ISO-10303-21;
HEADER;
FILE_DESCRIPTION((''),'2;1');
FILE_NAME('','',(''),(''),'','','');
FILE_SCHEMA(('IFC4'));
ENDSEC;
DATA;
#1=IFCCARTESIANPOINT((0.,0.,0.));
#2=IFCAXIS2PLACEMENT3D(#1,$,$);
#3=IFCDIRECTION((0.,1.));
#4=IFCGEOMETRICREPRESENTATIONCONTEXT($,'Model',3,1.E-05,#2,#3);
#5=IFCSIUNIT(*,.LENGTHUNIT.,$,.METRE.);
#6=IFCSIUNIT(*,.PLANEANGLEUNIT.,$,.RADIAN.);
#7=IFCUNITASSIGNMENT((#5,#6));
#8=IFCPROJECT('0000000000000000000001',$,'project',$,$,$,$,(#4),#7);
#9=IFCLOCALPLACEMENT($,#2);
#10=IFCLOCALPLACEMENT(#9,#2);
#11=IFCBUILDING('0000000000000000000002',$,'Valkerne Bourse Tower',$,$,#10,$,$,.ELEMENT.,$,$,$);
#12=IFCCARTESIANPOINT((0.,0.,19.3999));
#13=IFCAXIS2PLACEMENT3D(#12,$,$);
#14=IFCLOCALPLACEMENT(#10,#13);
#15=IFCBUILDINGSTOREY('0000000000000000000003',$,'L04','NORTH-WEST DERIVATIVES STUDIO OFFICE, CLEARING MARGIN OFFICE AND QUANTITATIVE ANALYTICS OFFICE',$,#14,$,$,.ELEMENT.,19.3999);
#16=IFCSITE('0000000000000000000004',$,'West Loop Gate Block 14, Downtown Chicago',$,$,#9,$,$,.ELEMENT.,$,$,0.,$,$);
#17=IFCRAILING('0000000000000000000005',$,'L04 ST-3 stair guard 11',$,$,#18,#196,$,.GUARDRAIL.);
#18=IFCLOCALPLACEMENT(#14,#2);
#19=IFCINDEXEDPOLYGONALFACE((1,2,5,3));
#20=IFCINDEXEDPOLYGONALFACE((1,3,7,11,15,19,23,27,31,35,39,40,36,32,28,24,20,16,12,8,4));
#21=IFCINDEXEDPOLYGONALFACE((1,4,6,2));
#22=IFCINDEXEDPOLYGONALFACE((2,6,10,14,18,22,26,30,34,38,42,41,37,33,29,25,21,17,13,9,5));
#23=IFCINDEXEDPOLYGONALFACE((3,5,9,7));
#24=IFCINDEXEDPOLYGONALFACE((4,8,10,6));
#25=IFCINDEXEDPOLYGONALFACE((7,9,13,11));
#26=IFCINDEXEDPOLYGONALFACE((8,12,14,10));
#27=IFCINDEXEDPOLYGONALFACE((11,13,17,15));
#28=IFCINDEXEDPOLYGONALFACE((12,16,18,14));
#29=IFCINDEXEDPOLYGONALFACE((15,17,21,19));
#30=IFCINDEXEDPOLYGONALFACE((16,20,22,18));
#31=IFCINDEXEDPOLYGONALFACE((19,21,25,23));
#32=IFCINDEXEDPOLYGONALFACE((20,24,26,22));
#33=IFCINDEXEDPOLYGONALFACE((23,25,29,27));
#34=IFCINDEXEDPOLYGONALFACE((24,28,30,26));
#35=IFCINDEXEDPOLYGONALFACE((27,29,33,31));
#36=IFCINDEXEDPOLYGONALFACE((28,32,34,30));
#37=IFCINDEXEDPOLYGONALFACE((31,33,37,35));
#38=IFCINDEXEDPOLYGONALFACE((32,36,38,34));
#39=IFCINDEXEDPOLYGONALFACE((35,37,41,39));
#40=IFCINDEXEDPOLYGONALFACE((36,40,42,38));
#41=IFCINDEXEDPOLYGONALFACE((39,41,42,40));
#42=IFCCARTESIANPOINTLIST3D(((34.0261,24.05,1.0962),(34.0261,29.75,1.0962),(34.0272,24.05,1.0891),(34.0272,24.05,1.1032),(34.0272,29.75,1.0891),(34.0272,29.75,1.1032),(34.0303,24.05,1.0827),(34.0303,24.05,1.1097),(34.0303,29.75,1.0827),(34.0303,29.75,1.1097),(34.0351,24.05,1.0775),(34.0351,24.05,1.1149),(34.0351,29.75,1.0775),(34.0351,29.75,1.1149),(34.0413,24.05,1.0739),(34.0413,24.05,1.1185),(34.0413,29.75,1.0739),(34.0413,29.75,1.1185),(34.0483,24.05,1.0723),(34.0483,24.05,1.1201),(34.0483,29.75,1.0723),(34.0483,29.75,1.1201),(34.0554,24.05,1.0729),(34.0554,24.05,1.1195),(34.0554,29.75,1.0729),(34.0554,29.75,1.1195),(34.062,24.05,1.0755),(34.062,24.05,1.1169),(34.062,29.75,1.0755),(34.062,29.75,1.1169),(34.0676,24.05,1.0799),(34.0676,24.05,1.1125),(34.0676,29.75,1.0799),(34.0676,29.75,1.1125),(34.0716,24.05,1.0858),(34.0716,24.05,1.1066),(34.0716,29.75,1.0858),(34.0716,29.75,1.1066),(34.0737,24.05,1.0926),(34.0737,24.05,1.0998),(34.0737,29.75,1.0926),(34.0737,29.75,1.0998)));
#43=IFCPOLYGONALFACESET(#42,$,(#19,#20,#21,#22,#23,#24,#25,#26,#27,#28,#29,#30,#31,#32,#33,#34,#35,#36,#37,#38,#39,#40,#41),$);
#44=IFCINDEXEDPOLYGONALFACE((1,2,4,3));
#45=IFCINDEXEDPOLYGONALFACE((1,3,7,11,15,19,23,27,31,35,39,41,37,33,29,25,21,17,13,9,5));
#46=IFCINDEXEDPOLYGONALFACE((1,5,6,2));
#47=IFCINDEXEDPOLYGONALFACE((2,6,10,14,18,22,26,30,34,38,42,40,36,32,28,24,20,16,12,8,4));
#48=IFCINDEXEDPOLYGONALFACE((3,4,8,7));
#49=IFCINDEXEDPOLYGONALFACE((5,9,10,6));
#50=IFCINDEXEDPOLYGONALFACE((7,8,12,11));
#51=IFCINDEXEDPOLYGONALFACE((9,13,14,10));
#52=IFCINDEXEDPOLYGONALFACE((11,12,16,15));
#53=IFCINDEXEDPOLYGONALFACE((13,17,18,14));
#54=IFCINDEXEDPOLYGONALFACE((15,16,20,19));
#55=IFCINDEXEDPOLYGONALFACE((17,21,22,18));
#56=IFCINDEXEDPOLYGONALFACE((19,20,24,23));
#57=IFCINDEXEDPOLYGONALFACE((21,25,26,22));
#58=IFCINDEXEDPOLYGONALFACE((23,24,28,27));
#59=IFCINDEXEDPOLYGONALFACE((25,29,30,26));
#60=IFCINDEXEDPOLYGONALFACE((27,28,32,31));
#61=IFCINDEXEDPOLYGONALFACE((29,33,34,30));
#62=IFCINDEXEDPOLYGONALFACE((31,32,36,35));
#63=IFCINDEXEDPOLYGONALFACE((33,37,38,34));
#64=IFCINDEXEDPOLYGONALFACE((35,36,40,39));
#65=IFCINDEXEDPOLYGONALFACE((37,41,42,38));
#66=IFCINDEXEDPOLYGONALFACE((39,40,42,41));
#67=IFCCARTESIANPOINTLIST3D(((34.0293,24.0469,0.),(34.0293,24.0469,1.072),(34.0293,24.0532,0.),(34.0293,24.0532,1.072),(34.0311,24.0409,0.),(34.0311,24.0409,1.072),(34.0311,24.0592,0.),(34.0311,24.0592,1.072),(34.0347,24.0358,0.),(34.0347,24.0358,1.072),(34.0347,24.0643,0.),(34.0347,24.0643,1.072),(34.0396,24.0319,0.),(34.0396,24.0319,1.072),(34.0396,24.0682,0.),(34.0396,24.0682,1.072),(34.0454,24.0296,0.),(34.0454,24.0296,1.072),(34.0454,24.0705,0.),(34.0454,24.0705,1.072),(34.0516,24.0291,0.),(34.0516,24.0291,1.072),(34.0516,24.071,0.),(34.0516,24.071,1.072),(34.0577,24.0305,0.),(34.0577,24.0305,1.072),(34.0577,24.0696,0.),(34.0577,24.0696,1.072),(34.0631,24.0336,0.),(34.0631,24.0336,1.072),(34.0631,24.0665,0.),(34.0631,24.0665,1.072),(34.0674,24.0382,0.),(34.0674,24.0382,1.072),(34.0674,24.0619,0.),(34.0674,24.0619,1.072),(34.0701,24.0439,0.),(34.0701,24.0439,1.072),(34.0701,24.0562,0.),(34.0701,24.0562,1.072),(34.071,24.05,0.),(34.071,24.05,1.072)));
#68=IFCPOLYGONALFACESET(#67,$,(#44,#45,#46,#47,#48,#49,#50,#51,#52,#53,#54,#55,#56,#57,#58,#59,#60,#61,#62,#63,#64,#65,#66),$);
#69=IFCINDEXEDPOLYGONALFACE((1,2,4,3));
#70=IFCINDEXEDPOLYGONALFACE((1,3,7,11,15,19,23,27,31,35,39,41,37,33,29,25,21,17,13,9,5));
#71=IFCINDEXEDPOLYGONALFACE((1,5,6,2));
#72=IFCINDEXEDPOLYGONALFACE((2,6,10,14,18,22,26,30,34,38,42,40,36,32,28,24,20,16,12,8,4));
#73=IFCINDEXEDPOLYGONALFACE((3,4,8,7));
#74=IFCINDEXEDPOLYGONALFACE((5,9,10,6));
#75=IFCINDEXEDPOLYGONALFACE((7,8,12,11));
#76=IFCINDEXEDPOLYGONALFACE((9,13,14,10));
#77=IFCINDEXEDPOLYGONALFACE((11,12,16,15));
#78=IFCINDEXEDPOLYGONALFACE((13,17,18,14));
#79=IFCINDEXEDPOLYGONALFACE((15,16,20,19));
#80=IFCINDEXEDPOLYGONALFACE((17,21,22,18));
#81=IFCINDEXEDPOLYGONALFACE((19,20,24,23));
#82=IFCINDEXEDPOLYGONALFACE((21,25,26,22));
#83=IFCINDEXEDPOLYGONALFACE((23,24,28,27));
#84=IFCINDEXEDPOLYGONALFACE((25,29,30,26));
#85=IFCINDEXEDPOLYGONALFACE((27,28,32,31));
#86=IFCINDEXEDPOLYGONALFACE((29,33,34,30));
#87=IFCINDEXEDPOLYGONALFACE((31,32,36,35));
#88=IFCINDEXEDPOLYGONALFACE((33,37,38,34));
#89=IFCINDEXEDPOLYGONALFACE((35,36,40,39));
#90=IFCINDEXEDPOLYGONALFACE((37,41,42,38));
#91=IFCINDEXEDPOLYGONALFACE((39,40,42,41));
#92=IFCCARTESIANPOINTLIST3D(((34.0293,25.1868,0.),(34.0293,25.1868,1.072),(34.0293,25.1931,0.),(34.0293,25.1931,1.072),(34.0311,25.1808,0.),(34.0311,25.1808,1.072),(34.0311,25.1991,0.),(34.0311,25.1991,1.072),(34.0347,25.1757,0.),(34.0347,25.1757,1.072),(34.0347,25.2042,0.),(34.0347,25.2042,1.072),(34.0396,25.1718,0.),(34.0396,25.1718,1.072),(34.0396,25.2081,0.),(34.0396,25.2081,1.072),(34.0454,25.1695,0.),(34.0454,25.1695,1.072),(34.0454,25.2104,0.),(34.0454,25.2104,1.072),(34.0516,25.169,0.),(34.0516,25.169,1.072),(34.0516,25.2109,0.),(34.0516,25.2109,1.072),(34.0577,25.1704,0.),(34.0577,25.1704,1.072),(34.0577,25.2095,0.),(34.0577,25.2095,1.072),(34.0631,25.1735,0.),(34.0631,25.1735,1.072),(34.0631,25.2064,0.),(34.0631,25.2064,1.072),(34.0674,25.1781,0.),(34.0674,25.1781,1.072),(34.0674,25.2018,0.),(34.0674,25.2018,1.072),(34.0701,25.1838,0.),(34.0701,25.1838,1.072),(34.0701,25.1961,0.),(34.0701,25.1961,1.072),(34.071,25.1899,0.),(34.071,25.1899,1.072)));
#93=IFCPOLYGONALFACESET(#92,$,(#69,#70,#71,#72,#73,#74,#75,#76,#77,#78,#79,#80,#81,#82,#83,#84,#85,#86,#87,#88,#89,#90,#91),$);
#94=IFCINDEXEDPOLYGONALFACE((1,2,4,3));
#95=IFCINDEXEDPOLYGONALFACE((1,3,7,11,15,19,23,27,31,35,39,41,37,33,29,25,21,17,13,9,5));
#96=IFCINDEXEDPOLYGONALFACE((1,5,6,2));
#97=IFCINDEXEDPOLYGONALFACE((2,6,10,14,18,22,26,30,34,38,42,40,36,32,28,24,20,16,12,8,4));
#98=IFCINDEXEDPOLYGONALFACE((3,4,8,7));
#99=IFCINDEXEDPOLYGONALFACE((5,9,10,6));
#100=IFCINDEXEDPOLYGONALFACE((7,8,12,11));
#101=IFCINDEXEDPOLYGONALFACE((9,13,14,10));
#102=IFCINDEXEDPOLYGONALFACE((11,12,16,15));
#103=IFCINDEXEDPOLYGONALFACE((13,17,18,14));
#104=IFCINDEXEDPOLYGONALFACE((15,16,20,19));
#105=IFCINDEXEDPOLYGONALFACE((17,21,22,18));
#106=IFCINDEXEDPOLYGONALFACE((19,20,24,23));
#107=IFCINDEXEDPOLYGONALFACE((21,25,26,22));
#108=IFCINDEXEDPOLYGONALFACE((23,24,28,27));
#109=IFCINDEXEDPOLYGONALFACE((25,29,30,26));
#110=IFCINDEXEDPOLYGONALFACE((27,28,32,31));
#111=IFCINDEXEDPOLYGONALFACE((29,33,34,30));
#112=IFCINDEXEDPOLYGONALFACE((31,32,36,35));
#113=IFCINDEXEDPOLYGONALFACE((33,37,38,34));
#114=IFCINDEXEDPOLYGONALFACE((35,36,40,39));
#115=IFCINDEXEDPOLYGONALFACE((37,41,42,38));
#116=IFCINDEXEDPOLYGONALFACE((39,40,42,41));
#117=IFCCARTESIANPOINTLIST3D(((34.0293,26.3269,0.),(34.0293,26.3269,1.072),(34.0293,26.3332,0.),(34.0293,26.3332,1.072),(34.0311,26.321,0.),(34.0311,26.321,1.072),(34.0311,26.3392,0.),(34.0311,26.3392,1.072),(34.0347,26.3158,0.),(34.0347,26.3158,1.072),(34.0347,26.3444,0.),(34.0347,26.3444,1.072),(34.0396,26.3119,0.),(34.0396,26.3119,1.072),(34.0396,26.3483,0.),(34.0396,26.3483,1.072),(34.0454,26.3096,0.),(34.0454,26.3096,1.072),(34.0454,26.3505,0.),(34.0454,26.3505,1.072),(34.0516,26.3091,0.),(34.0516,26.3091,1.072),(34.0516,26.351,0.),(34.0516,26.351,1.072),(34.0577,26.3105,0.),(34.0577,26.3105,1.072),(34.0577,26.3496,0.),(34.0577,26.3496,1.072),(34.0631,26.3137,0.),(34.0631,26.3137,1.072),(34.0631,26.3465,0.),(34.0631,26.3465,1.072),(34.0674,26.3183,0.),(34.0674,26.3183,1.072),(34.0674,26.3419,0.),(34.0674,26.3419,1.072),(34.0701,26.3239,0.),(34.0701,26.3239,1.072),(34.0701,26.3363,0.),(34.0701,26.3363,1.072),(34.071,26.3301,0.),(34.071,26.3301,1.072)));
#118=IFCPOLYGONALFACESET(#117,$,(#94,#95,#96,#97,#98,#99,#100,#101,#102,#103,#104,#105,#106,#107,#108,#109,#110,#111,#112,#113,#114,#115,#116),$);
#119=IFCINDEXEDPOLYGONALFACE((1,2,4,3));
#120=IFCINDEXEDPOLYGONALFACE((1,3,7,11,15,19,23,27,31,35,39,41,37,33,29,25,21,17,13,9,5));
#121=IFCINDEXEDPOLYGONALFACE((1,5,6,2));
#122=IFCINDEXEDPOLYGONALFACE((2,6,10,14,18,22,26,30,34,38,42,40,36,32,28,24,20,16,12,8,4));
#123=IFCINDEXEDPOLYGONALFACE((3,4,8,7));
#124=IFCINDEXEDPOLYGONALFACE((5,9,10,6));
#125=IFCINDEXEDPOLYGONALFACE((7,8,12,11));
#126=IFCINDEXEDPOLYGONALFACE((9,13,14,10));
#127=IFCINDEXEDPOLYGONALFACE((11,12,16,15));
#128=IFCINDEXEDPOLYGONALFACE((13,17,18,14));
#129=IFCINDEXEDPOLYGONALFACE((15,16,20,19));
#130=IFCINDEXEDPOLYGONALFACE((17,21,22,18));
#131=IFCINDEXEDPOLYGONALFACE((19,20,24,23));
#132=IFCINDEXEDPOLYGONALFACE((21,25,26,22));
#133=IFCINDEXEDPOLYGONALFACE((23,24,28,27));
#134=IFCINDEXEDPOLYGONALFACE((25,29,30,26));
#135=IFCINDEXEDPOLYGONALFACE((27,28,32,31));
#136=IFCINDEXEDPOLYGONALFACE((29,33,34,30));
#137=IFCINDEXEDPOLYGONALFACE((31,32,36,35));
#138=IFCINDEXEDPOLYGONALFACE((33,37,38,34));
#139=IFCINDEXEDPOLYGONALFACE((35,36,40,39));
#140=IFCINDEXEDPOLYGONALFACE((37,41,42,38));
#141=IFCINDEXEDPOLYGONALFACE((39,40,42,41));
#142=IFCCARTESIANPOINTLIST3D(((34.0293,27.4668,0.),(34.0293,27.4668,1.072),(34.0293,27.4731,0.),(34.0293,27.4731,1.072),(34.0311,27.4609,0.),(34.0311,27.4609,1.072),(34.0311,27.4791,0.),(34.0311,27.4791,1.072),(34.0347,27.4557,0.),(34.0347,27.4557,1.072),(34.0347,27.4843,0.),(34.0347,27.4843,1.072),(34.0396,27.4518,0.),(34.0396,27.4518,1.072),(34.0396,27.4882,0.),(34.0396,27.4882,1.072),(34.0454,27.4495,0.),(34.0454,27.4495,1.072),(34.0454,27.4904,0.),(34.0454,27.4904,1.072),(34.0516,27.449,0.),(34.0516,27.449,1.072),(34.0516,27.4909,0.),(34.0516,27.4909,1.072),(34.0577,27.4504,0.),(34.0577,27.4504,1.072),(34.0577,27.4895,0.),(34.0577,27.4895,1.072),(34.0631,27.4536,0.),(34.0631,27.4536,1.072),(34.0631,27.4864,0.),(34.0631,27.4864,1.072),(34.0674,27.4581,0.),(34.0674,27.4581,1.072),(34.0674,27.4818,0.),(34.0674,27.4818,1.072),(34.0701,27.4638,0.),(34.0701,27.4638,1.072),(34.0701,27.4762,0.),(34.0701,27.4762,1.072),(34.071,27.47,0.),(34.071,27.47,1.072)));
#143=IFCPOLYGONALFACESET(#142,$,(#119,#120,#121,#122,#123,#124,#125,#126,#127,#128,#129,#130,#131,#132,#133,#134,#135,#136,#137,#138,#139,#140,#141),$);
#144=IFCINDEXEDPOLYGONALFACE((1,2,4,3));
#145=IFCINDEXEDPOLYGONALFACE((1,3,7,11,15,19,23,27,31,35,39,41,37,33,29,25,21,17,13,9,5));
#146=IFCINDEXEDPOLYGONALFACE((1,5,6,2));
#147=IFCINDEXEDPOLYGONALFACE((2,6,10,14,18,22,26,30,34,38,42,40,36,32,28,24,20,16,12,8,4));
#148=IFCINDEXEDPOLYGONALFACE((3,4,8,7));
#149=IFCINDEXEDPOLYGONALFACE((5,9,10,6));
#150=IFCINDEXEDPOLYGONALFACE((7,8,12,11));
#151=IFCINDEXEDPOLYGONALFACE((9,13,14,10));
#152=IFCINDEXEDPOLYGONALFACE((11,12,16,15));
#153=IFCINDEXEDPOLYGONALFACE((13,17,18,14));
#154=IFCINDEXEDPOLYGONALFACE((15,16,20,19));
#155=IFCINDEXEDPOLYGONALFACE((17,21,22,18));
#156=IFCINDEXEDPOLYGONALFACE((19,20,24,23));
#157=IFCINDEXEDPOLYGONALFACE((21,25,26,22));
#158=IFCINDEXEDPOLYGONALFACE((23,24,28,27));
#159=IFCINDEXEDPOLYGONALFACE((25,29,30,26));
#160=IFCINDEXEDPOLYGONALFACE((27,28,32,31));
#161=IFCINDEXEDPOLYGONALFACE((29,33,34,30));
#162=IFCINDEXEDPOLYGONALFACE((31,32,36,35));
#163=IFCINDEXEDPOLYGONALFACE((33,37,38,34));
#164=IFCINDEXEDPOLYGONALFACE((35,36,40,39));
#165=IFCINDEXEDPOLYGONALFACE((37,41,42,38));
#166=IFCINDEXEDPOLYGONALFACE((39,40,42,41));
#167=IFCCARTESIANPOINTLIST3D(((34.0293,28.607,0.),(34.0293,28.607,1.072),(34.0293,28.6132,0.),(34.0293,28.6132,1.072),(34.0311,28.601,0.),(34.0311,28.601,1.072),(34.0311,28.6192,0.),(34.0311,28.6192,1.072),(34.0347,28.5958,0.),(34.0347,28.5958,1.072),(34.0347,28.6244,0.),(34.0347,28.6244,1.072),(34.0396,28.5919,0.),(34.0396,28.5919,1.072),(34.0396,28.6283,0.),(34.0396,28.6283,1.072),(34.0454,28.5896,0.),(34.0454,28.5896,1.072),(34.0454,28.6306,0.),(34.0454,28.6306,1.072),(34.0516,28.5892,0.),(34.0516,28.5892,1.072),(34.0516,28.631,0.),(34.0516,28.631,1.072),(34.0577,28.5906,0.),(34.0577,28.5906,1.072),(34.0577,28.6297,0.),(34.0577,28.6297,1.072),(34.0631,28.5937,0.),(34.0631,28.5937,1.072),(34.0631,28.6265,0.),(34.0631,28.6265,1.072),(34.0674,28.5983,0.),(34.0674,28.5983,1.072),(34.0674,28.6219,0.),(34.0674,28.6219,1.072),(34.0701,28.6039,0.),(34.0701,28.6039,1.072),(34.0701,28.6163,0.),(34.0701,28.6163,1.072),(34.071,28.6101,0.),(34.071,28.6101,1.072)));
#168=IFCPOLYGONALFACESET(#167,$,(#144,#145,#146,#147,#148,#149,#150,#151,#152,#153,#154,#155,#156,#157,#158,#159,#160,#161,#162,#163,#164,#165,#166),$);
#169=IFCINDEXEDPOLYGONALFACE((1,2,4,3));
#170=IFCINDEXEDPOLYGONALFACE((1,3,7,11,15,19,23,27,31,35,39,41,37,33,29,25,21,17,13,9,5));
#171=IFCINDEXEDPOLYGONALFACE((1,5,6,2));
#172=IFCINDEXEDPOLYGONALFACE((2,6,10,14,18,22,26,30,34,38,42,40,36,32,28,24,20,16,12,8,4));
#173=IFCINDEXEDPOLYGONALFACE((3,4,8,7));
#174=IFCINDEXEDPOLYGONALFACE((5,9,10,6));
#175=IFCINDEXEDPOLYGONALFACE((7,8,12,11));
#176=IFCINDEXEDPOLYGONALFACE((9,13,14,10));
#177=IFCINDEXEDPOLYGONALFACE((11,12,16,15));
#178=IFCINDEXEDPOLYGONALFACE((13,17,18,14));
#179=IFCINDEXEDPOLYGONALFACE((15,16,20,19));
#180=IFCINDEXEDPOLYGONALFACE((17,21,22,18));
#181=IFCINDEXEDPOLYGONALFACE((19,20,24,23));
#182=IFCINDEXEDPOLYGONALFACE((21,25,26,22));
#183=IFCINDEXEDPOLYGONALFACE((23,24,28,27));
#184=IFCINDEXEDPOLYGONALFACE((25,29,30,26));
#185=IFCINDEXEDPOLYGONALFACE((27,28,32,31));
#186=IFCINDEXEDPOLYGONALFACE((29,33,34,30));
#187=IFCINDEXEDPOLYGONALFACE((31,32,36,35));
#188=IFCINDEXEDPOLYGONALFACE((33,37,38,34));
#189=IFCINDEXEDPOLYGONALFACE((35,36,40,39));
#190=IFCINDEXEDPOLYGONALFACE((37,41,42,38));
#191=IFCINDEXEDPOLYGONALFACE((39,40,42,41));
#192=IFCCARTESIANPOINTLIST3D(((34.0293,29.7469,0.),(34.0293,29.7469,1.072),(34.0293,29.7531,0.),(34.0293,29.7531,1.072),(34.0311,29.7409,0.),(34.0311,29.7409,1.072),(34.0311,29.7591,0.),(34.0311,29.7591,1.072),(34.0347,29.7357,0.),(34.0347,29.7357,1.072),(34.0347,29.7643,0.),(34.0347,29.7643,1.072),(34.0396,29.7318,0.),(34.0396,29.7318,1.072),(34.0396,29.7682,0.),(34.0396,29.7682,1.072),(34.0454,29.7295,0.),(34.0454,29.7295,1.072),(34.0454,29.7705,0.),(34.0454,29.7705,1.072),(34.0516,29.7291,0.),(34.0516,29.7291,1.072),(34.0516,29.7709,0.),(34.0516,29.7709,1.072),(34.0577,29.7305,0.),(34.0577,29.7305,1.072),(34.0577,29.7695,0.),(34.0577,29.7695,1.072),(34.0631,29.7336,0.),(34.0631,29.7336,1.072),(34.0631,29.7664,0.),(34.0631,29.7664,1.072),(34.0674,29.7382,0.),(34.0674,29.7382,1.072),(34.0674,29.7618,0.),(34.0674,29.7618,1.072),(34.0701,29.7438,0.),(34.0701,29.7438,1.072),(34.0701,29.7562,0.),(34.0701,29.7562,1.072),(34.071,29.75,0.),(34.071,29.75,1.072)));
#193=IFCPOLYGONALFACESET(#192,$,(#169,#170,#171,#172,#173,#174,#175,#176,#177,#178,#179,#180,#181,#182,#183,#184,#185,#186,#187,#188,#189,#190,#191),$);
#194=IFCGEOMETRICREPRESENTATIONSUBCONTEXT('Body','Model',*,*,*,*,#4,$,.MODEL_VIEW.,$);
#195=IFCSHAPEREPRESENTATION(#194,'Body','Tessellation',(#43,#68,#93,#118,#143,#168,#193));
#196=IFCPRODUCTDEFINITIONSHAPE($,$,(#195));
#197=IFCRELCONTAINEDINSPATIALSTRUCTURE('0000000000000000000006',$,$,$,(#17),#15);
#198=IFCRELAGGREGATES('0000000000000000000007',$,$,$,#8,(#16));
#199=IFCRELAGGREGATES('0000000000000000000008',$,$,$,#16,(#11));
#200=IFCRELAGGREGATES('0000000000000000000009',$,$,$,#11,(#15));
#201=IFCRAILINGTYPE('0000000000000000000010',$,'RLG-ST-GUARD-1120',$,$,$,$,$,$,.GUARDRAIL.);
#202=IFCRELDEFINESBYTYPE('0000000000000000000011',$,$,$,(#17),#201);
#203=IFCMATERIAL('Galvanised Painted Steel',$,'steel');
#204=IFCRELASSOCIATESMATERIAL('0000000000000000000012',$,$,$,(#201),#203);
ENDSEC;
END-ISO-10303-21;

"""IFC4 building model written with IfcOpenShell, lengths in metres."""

from ifc_helpers import new_model, si_unit, direction, frame, origin, origin_2d, place, context, subcontext, project, spatial, circle, extrude, material, type_object, element, save


model = new_model("IFC4")

# Units and contexts
model_context = context("Model", 3, precision=1e-05, world=origin(), true_north=direction((0.0, 1.0)))
body_context = subcontext(model_context, "Body", "Model", "MODEL_VIEW")
ifc_project = project(units=[si_unit("LENGTHUNIT", "METRE"), si_unit("PLANEANGLEUNIT", "RADIAN")], contexts=[model_context])

# Site, building, storey
site_placement = place(None, origin())
site = spatial("IfcSite", under=ifc_project, at=site_placement, Name="West Loop Gate Block 14, Downtown Chicago", CompositionType="ELEMENT", RefElevation=0.0)
building_placement = place(site_placement, origin())
building = spatial("IfcBuilding", under=site, at=building_placement, Name="Valkerne Bourse Tower", CompositionType="ELEMENT")
storey_placement = place(building_placement, frame((0.0, 0.0, 19.3999)))
storey = spatial("IfcBuildingStorey", under=building, at=storey_placement, Name="L04", Description="NORTH-WEST DERIVATIVES STUDIO OFFICE, CLEARING MARGIN OFFICE AND QUANTITATIVE ANALYTICS OFFICE", CompositionType="ELEMENT", Elevation=19.3999)

# Shared definitions
ifc_material_1 = material(Name="Galvanised Painted Steel", Category="steel")

# Railing
railing_type_1 = type_object("IfcRailingType", Name="RLG-ST-GUARD-1120", PredefinedType="GUARDRAIL", material=ifc_material_1)
for number, where, name in (
    (1, (34.05, 24.05, 0.0), "L04 ST-3 stair guard 11"),
):
    element("IfcRailing", number, at=place(storey_placement, frame(where)), inside=storey, type_object=railing_type_1, Name=name, PredefinedType="GUARDRAIL", context=body_context, shape_type="SweptSolid", body=[
        extrude(circle(Radius=0.0239, at=origin_2d()), frame((0.0, 0.0, 1.0962), z_axis=(0.0, 1.0, 0.0), x_axis=(-1.0, 0.0, 0.0)), (0.0, 0.0, 1.0), 5.7),
        extrude(circle(Radius=0.021, at=origin_2d()), origin(), (0.0, 0.0, 1.0), 1.072),
        extrude(circle(Radius=0.021, at=origin_2d()), frame((0.0, 1.1399, 0.0)), (0.0, 0.0, 1.0), 1.072),
        extrude(circle(Radius=0.021, at=origin_2d()), frame((0.0, 2.28, 0.0)), (0.0, 0.0, 1.0), 1.072),
        extrude(circle(Radius=0.021, at=origin_2d()), frame((0.0, 3.4199, 0.0)), (0.0, 0.0, 1.0), 1.072),
        extrude(circle(Radius=0.021, at=origin_2d()), frame((0.0, 4.5601, 0.0)), (0.0, 0.0, 1.0), 1.072),
        extrude(circle(Radius=0.021, at=origin_2d()), frame((0.0, 5.7, 0.0)), (0.0, 0.0, 1.0), 1.072),
    ])

save(model, "model.ifc")
